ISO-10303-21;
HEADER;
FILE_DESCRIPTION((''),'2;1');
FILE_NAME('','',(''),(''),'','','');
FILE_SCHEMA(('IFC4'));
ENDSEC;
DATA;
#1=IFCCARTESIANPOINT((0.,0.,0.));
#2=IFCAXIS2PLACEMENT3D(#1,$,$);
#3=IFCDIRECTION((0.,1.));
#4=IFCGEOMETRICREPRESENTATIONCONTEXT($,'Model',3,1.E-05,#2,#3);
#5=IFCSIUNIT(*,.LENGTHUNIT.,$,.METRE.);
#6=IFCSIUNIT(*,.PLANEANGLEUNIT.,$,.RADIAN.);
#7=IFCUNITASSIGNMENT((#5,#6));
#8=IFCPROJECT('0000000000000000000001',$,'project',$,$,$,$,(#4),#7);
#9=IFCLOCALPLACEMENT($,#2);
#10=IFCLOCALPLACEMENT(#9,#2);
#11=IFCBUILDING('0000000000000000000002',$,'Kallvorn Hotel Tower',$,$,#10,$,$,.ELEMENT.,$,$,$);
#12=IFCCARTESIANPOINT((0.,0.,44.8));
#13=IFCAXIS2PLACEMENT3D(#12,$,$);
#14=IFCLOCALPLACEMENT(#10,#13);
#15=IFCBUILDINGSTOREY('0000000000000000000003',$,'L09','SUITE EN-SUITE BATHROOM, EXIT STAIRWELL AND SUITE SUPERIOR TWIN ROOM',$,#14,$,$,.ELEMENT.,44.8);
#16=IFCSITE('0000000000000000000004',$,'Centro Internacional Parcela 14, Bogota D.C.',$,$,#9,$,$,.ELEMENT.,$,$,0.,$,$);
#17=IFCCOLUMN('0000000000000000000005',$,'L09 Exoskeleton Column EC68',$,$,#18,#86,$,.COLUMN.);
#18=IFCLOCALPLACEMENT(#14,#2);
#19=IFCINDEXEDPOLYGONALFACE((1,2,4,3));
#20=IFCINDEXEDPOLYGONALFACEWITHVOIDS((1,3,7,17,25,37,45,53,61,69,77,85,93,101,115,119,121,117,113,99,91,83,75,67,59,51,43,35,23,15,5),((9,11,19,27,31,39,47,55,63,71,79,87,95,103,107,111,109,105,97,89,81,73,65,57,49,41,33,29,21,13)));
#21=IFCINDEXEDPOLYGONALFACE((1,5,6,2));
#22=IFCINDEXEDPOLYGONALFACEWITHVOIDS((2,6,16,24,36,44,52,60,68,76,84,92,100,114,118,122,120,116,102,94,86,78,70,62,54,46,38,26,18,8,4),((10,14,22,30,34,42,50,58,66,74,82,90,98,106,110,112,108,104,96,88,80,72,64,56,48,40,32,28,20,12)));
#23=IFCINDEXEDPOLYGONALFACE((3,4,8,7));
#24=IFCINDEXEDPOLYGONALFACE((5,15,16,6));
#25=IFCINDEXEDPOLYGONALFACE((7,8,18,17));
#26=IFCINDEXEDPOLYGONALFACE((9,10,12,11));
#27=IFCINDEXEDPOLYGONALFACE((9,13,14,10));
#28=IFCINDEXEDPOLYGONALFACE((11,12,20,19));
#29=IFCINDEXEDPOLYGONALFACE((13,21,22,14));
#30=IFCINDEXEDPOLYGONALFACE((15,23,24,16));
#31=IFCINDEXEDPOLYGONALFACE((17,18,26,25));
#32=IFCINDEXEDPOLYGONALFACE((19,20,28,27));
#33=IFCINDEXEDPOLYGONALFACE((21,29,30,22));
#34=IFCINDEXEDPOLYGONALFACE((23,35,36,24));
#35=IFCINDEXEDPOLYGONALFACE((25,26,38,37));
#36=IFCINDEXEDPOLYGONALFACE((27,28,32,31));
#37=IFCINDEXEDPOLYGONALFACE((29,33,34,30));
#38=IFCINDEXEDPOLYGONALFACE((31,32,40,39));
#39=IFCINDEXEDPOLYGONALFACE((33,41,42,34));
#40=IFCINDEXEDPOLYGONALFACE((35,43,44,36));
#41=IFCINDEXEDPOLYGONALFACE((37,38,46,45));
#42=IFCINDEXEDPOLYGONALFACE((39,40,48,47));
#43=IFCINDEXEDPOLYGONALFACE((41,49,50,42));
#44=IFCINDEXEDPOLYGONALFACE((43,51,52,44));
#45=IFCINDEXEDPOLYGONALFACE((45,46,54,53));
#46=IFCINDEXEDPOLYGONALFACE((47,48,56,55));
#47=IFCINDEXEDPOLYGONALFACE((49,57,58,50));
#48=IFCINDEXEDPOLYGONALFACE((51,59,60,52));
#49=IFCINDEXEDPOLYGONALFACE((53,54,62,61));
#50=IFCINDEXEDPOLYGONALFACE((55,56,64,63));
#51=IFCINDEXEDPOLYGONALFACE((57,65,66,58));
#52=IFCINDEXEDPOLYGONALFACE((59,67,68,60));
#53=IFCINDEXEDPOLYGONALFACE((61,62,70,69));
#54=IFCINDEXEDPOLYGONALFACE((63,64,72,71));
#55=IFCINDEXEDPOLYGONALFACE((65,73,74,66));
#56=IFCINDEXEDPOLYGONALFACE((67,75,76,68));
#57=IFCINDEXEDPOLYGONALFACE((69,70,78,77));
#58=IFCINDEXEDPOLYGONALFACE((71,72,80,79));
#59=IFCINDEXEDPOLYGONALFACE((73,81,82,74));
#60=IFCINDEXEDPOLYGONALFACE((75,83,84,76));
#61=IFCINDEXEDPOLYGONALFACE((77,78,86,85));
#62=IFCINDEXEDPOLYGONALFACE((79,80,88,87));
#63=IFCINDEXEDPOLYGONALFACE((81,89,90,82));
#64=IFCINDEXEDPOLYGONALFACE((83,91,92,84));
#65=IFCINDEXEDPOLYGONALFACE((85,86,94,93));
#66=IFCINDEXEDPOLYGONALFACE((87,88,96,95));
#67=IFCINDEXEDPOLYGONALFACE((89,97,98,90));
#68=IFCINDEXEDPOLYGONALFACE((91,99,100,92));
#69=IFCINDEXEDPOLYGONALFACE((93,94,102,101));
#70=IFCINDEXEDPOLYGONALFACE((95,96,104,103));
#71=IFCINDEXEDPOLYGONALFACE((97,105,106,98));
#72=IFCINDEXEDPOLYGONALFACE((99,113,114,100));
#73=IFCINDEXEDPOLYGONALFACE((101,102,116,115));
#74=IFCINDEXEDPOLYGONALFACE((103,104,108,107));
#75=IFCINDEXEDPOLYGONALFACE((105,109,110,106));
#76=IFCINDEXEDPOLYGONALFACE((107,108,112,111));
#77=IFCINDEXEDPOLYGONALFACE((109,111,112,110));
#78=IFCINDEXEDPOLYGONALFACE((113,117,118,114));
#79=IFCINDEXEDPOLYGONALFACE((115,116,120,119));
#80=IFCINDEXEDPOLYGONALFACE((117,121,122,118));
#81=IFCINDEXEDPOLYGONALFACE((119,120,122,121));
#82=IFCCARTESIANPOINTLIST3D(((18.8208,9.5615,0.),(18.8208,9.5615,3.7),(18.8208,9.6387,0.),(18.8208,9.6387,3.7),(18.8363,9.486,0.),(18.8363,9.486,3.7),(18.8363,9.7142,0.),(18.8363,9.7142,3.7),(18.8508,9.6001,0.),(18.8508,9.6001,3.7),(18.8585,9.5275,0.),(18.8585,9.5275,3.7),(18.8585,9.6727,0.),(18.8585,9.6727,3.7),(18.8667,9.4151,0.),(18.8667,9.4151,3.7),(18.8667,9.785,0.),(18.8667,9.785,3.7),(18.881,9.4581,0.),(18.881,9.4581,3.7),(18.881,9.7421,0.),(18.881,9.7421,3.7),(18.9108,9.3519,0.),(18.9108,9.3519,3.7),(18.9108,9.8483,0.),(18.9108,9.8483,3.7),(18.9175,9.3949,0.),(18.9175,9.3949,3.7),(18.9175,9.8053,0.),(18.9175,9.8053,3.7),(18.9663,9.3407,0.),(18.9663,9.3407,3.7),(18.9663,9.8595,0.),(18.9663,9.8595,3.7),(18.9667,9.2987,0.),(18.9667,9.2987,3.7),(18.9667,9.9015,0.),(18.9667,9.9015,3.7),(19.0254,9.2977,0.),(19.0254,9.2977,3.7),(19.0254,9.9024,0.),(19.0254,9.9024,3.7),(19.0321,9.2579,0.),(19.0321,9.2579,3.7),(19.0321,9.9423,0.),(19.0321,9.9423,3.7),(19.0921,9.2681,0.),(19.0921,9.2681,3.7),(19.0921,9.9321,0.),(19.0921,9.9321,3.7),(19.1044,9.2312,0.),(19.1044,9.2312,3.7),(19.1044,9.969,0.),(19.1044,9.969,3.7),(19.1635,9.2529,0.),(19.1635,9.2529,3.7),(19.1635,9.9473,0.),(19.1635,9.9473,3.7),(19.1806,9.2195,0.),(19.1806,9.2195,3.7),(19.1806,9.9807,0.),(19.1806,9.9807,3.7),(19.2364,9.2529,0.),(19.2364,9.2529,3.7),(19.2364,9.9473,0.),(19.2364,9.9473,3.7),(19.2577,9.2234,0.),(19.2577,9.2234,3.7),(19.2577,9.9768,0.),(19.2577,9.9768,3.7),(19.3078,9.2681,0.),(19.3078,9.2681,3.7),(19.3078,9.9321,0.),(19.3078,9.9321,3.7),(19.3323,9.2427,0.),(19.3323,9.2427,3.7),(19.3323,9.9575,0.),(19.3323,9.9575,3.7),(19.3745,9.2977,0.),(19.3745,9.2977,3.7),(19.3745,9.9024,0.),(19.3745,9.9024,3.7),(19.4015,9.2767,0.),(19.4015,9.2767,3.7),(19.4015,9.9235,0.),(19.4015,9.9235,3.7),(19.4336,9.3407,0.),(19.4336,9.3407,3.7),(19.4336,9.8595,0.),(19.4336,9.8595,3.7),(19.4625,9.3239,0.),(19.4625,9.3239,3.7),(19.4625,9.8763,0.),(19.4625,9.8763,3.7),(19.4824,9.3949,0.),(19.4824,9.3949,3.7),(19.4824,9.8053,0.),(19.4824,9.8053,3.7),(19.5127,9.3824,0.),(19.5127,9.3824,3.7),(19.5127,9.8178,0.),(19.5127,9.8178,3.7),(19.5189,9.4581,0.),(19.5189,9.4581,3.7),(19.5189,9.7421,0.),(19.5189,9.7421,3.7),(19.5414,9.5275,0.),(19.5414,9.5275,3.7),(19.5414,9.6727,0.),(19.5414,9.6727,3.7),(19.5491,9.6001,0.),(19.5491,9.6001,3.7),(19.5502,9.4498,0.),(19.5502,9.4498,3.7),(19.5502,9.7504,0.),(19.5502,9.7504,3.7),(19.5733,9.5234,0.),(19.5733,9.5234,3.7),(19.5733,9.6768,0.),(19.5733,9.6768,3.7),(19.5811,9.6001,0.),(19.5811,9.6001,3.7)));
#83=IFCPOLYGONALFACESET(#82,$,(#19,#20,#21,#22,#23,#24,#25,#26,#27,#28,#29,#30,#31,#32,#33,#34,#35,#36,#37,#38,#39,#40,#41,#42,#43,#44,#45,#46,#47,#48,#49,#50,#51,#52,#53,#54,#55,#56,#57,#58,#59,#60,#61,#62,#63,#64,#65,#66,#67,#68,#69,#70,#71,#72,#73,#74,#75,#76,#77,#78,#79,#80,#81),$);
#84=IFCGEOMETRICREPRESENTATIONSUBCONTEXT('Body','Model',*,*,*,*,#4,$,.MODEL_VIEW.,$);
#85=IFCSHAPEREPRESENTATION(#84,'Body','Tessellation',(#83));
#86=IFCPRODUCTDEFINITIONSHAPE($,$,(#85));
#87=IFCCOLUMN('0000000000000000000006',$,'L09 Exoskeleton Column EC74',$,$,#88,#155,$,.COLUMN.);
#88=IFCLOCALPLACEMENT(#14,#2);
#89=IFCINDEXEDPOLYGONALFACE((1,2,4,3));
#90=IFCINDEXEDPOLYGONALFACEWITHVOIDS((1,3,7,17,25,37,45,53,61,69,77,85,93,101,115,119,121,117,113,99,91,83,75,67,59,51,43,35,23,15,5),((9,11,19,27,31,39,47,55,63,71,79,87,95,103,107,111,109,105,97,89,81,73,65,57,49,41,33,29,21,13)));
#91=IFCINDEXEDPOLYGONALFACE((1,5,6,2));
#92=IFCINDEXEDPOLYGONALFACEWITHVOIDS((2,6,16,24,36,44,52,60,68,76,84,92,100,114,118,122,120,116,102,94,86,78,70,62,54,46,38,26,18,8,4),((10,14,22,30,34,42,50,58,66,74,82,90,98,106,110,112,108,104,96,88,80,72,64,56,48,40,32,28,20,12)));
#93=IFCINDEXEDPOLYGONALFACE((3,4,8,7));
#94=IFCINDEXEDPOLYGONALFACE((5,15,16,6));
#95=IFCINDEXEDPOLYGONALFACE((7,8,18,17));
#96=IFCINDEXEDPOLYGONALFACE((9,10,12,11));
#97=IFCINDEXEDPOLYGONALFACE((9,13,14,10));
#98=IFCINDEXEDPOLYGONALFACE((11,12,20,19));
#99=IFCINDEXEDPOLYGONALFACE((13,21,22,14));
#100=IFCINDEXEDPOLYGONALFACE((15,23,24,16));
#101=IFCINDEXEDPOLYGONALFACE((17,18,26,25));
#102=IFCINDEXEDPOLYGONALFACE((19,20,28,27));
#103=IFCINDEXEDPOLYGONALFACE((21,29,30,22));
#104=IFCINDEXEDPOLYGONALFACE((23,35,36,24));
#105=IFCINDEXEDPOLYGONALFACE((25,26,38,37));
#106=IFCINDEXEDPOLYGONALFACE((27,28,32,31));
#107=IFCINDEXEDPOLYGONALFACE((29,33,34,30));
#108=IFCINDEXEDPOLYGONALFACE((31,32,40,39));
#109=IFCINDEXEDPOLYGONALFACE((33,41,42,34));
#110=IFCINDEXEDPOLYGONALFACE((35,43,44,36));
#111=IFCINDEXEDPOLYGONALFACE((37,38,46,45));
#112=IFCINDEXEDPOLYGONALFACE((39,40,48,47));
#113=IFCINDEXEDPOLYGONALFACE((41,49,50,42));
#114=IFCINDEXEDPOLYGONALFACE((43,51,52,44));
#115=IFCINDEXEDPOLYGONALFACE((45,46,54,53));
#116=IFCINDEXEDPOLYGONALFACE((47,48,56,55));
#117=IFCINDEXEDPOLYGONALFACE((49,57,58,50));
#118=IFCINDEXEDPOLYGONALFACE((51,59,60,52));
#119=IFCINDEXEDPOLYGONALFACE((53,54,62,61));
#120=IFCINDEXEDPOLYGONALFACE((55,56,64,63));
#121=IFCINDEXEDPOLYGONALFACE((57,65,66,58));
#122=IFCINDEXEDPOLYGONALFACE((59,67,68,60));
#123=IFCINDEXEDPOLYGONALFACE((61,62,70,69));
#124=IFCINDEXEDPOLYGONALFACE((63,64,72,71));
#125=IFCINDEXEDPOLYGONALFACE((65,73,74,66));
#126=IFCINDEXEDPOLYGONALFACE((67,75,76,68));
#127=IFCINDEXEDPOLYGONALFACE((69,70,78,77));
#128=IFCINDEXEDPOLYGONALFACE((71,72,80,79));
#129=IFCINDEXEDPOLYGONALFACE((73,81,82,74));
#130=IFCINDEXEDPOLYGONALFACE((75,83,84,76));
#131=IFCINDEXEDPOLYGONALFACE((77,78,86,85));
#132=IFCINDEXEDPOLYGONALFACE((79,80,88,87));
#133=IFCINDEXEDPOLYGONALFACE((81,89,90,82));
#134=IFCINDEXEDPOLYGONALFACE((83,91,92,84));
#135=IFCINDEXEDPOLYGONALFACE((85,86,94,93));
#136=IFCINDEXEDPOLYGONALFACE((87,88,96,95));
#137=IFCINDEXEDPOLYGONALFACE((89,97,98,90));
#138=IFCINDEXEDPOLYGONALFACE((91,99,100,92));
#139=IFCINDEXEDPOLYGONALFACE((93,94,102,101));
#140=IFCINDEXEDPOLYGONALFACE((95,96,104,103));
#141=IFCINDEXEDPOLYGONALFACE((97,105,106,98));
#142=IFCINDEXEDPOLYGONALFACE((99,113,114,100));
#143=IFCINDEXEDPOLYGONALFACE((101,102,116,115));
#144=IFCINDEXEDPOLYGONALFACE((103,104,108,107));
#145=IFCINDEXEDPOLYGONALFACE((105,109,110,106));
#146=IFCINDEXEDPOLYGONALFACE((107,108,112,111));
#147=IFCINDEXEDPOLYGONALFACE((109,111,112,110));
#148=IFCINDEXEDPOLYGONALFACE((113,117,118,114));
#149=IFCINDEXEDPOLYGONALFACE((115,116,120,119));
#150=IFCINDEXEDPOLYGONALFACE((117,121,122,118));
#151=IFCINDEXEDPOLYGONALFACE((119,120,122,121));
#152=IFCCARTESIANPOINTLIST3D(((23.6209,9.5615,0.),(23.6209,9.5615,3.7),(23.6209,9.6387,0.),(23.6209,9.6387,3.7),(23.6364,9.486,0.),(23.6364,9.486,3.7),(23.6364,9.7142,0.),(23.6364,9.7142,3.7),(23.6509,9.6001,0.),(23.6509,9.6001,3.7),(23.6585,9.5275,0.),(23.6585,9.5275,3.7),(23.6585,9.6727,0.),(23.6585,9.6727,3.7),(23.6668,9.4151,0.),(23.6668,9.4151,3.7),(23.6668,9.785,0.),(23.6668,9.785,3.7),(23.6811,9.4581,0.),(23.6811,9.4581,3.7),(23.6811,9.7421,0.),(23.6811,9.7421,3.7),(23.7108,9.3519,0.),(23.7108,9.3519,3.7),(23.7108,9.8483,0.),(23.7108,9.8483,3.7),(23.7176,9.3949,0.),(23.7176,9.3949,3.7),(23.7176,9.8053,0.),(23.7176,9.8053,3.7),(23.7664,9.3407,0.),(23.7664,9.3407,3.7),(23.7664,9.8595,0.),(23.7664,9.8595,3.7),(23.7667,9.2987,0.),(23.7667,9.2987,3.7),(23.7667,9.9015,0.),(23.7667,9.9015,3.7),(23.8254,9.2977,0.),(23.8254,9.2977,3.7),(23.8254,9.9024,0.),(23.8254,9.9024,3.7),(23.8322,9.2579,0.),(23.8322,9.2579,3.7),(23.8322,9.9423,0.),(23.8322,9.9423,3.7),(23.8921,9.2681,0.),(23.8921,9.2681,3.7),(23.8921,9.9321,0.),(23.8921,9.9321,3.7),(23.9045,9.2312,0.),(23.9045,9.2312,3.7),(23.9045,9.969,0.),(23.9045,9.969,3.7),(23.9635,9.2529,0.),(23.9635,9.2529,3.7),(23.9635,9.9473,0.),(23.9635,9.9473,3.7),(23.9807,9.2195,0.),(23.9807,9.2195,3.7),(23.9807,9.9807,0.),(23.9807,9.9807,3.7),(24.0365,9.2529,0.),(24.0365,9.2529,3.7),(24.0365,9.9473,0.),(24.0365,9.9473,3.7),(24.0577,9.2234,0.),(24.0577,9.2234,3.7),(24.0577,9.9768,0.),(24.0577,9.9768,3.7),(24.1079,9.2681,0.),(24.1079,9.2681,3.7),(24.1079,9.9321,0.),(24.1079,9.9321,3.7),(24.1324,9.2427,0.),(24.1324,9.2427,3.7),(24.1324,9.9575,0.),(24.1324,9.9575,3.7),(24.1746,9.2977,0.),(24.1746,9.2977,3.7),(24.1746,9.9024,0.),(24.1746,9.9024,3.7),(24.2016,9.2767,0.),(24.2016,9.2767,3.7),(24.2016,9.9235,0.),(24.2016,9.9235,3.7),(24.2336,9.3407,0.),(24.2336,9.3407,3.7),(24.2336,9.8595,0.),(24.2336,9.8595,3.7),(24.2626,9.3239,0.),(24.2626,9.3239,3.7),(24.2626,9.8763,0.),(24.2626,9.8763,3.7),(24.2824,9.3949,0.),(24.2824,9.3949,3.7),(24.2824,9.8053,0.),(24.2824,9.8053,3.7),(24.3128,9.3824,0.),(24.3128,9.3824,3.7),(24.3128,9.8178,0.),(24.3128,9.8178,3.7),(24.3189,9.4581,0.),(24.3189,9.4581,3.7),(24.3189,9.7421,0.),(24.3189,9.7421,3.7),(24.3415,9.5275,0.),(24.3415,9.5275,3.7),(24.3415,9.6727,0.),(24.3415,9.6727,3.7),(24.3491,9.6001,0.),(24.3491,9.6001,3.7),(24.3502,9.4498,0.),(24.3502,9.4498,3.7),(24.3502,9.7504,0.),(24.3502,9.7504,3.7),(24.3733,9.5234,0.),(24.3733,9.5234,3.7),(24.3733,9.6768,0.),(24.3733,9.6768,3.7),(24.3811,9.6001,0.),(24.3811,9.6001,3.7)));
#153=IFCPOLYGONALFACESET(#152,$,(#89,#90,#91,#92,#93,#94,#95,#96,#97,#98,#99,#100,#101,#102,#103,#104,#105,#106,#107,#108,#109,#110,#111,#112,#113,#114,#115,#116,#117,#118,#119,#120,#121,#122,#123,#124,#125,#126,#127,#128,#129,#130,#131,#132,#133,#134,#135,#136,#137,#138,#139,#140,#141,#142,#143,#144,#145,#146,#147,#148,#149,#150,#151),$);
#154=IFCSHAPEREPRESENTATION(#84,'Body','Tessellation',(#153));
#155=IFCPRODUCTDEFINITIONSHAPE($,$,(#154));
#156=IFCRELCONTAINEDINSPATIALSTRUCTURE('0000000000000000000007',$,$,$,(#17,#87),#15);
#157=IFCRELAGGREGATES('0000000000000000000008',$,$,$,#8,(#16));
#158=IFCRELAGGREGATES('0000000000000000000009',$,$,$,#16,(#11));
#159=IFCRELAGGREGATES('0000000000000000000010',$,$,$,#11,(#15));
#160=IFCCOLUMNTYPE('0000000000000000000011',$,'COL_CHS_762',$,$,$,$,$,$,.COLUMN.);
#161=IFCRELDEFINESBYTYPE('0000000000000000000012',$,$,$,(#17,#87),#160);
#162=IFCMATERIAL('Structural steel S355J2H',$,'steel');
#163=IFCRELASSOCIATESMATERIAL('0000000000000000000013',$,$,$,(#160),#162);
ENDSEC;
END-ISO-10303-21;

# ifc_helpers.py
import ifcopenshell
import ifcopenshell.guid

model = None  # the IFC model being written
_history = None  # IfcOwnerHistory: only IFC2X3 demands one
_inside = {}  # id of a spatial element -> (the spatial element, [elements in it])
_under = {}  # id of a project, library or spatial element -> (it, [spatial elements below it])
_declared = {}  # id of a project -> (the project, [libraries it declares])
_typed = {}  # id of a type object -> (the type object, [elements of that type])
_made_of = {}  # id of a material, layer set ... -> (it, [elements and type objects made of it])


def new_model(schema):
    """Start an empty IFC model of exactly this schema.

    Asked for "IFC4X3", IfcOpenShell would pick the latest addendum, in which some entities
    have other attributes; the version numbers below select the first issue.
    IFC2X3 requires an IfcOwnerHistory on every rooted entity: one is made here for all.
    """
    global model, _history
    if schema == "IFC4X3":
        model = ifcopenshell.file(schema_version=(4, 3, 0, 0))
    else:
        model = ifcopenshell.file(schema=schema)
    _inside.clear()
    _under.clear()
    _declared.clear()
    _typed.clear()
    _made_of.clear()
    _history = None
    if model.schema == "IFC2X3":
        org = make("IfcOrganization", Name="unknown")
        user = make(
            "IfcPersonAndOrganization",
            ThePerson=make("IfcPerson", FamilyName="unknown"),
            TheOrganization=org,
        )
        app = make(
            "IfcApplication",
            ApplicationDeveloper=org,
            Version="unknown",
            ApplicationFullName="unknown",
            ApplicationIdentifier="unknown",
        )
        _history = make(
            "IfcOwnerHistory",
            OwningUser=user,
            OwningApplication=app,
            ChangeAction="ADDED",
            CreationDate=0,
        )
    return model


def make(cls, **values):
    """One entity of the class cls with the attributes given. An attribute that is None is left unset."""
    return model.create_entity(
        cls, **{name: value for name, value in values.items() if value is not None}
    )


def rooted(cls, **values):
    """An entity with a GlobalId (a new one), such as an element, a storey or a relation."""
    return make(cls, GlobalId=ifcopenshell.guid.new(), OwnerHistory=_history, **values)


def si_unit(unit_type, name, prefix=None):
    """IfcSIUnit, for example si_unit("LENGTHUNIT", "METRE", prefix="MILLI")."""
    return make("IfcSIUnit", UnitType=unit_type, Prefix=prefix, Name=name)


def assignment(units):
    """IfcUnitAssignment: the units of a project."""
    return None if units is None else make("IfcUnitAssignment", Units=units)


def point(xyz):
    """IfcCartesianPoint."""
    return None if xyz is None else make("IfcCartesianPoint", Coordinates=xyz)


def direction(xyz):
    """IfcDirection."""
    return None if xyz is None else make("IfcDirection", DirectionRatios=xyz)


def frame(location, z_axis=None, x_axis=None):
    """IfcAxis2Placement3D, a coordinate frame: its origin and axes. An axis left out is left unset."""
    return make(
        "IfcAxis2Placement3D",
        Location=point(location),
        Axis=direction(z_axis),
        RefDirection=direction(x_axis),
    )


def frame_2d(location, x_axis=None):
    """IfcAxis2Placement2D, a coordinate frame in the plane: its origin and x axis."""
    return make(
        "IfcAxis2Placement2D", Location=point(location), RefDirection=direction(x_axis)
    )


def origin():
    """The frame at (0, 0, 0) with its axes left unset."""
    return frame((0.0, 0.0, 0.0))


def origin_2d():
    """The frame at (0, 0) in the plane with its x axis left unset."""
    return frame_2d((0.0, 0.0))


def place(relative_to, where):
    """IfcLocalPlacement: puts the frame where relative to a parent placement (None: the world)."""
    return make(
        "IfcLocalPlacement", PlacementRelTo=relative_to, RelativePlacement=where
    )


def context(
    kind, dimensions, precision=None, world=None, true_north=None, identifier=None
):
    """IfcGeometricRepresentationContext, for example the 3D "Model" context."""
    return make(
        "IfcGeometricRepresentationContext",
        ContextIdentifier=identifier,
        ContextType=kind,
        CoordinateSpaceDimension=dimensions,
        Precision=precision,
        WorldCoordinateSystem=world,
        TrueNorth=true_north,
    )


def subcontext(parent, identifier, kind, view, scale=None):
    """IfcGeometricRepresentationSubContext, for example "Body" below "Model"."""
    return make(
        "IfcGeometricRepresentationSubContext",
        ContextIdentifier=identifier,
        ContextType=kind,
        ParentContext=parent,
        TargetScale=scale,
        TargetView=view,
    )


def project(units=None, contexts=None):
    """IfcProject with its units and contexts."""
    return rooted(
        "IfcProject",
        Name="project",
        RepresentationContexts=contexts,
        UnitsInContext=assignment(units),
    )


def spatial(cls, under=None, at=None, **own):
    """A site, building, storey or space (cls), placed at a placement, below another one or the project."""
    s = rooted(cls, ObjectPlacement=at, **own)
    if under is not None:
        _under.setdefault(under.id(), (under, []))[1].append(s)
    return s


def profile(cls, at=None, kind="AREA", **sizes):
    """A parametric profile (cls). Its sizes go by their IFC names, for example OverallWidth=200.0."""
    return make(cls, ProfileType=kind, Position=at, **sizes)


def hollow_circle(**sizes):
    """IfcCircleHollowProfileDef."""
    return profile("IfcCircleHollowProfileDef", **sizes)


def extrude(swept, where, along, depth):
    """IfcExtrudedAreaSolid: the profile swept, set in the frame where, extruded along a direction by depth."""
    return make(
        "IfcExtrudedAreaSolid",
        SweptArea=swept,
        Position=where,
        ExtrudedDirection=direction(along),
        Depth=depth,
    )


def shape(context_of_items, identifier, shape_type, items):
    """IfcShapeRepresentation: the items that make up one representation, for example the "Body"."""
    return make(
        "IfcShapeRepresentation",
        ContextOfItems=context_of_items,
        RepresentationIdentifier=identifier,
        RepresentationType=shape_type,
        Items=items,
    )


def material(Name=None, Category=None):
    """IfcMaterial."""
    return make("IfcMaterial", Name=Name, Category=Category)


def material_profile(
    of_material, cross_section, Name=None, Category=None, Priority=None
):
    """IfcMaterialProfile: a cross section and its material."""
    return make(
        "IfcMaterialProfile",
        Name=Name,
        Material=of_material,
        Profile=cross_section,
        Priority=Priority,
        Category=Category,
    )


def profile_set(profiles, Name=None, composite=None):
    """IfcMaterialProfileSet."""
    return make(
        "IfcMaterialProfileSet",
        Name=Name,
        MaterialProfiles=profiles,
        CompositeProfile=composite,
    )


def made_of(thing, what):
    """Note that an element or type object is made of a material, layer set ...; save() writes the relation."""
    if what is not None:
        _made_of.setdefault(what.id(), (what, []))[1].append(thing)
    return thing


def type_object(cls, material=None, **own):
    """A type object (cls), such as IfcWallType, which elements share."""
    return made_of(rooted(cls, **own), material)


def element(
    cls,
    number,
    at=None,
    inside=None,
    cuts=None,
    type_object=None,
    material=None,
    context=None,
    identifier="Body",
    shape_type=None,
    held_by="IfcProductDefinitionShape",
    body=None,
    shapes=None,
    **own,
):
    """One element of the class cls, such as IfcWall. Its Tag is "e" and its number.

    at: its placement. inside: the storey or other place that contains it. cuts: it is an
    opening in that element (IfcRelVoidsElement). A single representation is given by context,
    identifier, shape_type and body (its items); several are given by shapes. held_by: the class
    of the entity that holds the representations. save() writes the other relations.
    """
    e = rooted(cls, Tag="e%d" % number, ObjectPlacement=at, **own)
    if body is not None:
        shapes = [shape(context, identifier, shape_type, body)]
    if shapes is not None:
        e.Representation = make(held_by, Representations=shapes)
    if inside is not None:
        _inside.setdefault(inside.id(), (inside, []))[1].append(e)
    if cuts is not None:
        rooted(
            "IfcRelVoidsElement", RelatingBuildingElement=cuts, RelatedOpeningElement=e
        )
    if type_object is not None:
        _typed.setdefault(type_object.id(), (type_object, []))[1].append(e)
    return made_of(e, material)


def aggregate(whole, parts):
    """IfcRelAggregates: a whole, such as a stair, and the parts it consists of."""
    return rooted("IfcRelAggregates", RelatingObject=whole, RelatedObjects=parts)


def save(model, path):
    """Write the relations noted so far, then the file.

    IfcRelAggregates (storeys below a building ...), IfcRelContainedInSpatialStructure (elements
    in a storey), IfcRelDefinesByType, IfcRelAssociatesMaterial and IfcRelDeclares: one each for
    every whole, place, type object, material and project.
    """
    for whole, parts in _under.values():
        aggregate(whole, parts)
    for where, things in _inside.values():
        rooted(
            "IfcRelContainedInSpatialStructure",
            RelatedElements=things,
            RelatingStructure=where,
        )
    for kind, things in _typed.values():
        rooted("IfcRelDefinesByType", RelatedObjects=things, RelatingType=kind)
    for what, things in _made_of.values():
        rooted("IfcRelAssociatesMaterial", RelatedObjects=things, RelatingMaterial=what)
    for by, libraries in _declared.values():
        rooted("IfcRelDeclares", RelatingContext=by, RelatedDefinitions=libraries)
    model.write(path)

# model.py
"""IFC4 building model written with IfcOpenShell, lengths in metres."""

from ifc_helpers import new_model, si_unit, direction, frame, origin, origin_2d, place, context, subcontext, project, spatial, hollow_circle, extrude, material, material_profile, profile_set, type_object, element, save


model = new_model("IFC4")

# Units and contexts
model_context = context("Model", 3, precision=1e-05, world=origin(), true_north=direction((0.0, 1.0)))
body_context = subcontext(model_context, "Body", "Model", "MODEL_VIEW")
ifc_project = project(units=[si_unit("LENGTHUNIT", "METRE"), si_unit("PLANEANGLEUNIT", "RADIAN")], contexts=[model_context])

# Site, building, storey
site_placement = place(None, origin())
site = spatial("IfcSite", under=ifc_project, at=site_placement, Name="Centro Internacional Parcela 14, Bogota D.C.", CompositionType="ELEMENT", RefElevation=0.0)
building_placement = place(site_placement, origin())
building = spatial("IfcBuilding", under=site, at=building_placement, Name="Kallvorn Hotel Tower", CompositionType="ELEMENT")
storey_placement = place(building_placement, frame((0.0, 0.0, 44.8)))
storey = spatial("IfcBuildingStorey", under=building, at=storey_placement, Name="L09", Description="SUITE EN-SUITE BATHROOM, EXIT STAIRWELL AND SUITE SUPERIOR TWIN ROOM", CompositionType="ELEMENT", Elevation=44.8)

# Columns
ifc_material_1 = material(Name="Structural steel S355J2H", Category="steel")
ifc_material_profile_1 = material_profile(ifc_material_1, hollow_circle(Radius=0.3811, WallThickness=0.032, at=origin_2d()), Name="CHS 762x32")
ifc_profile_set_1 = profile_set([ifc_material_profile_1], Name="Structural steel S355J2H")
column_type_1 = type_object("IfcColumnType", Name="COL_CHS_762", PredefinedType="COLUMN", material=ifc_profile_set_1)
for number, where, z_axis, x_axis, name in (
    (1, (19.2, 9.6001, 0.0), (0.0, 0.0, 1.0), (1.0, 0.0, 0.0), "L09 Exoskeleton Column EC68"),
    (2, (24.0, 9.6001, 0.0), (0.0, 0.0, 1.0), (1.0, 0.0, 0.0), "L09 Exoskeleton Column EC74"),
):
    element("IfcColumn", number, at=place(storey_placement, frame(where, z_axis=z_axis, x_axis=x_axis)), inside=storey, type_object=column_type_1, Name=name, PredefinedType="COLUMN", context=body_context, shape_type="SweptSolid", body=[
        extrude(hollow_circle(Radius=0.3811, WallThickness=0.032, at=origin_2d()), origin(), (0.0, 0.0, 1.0), 3.7),
    ])

save(model, "model.ifc")
